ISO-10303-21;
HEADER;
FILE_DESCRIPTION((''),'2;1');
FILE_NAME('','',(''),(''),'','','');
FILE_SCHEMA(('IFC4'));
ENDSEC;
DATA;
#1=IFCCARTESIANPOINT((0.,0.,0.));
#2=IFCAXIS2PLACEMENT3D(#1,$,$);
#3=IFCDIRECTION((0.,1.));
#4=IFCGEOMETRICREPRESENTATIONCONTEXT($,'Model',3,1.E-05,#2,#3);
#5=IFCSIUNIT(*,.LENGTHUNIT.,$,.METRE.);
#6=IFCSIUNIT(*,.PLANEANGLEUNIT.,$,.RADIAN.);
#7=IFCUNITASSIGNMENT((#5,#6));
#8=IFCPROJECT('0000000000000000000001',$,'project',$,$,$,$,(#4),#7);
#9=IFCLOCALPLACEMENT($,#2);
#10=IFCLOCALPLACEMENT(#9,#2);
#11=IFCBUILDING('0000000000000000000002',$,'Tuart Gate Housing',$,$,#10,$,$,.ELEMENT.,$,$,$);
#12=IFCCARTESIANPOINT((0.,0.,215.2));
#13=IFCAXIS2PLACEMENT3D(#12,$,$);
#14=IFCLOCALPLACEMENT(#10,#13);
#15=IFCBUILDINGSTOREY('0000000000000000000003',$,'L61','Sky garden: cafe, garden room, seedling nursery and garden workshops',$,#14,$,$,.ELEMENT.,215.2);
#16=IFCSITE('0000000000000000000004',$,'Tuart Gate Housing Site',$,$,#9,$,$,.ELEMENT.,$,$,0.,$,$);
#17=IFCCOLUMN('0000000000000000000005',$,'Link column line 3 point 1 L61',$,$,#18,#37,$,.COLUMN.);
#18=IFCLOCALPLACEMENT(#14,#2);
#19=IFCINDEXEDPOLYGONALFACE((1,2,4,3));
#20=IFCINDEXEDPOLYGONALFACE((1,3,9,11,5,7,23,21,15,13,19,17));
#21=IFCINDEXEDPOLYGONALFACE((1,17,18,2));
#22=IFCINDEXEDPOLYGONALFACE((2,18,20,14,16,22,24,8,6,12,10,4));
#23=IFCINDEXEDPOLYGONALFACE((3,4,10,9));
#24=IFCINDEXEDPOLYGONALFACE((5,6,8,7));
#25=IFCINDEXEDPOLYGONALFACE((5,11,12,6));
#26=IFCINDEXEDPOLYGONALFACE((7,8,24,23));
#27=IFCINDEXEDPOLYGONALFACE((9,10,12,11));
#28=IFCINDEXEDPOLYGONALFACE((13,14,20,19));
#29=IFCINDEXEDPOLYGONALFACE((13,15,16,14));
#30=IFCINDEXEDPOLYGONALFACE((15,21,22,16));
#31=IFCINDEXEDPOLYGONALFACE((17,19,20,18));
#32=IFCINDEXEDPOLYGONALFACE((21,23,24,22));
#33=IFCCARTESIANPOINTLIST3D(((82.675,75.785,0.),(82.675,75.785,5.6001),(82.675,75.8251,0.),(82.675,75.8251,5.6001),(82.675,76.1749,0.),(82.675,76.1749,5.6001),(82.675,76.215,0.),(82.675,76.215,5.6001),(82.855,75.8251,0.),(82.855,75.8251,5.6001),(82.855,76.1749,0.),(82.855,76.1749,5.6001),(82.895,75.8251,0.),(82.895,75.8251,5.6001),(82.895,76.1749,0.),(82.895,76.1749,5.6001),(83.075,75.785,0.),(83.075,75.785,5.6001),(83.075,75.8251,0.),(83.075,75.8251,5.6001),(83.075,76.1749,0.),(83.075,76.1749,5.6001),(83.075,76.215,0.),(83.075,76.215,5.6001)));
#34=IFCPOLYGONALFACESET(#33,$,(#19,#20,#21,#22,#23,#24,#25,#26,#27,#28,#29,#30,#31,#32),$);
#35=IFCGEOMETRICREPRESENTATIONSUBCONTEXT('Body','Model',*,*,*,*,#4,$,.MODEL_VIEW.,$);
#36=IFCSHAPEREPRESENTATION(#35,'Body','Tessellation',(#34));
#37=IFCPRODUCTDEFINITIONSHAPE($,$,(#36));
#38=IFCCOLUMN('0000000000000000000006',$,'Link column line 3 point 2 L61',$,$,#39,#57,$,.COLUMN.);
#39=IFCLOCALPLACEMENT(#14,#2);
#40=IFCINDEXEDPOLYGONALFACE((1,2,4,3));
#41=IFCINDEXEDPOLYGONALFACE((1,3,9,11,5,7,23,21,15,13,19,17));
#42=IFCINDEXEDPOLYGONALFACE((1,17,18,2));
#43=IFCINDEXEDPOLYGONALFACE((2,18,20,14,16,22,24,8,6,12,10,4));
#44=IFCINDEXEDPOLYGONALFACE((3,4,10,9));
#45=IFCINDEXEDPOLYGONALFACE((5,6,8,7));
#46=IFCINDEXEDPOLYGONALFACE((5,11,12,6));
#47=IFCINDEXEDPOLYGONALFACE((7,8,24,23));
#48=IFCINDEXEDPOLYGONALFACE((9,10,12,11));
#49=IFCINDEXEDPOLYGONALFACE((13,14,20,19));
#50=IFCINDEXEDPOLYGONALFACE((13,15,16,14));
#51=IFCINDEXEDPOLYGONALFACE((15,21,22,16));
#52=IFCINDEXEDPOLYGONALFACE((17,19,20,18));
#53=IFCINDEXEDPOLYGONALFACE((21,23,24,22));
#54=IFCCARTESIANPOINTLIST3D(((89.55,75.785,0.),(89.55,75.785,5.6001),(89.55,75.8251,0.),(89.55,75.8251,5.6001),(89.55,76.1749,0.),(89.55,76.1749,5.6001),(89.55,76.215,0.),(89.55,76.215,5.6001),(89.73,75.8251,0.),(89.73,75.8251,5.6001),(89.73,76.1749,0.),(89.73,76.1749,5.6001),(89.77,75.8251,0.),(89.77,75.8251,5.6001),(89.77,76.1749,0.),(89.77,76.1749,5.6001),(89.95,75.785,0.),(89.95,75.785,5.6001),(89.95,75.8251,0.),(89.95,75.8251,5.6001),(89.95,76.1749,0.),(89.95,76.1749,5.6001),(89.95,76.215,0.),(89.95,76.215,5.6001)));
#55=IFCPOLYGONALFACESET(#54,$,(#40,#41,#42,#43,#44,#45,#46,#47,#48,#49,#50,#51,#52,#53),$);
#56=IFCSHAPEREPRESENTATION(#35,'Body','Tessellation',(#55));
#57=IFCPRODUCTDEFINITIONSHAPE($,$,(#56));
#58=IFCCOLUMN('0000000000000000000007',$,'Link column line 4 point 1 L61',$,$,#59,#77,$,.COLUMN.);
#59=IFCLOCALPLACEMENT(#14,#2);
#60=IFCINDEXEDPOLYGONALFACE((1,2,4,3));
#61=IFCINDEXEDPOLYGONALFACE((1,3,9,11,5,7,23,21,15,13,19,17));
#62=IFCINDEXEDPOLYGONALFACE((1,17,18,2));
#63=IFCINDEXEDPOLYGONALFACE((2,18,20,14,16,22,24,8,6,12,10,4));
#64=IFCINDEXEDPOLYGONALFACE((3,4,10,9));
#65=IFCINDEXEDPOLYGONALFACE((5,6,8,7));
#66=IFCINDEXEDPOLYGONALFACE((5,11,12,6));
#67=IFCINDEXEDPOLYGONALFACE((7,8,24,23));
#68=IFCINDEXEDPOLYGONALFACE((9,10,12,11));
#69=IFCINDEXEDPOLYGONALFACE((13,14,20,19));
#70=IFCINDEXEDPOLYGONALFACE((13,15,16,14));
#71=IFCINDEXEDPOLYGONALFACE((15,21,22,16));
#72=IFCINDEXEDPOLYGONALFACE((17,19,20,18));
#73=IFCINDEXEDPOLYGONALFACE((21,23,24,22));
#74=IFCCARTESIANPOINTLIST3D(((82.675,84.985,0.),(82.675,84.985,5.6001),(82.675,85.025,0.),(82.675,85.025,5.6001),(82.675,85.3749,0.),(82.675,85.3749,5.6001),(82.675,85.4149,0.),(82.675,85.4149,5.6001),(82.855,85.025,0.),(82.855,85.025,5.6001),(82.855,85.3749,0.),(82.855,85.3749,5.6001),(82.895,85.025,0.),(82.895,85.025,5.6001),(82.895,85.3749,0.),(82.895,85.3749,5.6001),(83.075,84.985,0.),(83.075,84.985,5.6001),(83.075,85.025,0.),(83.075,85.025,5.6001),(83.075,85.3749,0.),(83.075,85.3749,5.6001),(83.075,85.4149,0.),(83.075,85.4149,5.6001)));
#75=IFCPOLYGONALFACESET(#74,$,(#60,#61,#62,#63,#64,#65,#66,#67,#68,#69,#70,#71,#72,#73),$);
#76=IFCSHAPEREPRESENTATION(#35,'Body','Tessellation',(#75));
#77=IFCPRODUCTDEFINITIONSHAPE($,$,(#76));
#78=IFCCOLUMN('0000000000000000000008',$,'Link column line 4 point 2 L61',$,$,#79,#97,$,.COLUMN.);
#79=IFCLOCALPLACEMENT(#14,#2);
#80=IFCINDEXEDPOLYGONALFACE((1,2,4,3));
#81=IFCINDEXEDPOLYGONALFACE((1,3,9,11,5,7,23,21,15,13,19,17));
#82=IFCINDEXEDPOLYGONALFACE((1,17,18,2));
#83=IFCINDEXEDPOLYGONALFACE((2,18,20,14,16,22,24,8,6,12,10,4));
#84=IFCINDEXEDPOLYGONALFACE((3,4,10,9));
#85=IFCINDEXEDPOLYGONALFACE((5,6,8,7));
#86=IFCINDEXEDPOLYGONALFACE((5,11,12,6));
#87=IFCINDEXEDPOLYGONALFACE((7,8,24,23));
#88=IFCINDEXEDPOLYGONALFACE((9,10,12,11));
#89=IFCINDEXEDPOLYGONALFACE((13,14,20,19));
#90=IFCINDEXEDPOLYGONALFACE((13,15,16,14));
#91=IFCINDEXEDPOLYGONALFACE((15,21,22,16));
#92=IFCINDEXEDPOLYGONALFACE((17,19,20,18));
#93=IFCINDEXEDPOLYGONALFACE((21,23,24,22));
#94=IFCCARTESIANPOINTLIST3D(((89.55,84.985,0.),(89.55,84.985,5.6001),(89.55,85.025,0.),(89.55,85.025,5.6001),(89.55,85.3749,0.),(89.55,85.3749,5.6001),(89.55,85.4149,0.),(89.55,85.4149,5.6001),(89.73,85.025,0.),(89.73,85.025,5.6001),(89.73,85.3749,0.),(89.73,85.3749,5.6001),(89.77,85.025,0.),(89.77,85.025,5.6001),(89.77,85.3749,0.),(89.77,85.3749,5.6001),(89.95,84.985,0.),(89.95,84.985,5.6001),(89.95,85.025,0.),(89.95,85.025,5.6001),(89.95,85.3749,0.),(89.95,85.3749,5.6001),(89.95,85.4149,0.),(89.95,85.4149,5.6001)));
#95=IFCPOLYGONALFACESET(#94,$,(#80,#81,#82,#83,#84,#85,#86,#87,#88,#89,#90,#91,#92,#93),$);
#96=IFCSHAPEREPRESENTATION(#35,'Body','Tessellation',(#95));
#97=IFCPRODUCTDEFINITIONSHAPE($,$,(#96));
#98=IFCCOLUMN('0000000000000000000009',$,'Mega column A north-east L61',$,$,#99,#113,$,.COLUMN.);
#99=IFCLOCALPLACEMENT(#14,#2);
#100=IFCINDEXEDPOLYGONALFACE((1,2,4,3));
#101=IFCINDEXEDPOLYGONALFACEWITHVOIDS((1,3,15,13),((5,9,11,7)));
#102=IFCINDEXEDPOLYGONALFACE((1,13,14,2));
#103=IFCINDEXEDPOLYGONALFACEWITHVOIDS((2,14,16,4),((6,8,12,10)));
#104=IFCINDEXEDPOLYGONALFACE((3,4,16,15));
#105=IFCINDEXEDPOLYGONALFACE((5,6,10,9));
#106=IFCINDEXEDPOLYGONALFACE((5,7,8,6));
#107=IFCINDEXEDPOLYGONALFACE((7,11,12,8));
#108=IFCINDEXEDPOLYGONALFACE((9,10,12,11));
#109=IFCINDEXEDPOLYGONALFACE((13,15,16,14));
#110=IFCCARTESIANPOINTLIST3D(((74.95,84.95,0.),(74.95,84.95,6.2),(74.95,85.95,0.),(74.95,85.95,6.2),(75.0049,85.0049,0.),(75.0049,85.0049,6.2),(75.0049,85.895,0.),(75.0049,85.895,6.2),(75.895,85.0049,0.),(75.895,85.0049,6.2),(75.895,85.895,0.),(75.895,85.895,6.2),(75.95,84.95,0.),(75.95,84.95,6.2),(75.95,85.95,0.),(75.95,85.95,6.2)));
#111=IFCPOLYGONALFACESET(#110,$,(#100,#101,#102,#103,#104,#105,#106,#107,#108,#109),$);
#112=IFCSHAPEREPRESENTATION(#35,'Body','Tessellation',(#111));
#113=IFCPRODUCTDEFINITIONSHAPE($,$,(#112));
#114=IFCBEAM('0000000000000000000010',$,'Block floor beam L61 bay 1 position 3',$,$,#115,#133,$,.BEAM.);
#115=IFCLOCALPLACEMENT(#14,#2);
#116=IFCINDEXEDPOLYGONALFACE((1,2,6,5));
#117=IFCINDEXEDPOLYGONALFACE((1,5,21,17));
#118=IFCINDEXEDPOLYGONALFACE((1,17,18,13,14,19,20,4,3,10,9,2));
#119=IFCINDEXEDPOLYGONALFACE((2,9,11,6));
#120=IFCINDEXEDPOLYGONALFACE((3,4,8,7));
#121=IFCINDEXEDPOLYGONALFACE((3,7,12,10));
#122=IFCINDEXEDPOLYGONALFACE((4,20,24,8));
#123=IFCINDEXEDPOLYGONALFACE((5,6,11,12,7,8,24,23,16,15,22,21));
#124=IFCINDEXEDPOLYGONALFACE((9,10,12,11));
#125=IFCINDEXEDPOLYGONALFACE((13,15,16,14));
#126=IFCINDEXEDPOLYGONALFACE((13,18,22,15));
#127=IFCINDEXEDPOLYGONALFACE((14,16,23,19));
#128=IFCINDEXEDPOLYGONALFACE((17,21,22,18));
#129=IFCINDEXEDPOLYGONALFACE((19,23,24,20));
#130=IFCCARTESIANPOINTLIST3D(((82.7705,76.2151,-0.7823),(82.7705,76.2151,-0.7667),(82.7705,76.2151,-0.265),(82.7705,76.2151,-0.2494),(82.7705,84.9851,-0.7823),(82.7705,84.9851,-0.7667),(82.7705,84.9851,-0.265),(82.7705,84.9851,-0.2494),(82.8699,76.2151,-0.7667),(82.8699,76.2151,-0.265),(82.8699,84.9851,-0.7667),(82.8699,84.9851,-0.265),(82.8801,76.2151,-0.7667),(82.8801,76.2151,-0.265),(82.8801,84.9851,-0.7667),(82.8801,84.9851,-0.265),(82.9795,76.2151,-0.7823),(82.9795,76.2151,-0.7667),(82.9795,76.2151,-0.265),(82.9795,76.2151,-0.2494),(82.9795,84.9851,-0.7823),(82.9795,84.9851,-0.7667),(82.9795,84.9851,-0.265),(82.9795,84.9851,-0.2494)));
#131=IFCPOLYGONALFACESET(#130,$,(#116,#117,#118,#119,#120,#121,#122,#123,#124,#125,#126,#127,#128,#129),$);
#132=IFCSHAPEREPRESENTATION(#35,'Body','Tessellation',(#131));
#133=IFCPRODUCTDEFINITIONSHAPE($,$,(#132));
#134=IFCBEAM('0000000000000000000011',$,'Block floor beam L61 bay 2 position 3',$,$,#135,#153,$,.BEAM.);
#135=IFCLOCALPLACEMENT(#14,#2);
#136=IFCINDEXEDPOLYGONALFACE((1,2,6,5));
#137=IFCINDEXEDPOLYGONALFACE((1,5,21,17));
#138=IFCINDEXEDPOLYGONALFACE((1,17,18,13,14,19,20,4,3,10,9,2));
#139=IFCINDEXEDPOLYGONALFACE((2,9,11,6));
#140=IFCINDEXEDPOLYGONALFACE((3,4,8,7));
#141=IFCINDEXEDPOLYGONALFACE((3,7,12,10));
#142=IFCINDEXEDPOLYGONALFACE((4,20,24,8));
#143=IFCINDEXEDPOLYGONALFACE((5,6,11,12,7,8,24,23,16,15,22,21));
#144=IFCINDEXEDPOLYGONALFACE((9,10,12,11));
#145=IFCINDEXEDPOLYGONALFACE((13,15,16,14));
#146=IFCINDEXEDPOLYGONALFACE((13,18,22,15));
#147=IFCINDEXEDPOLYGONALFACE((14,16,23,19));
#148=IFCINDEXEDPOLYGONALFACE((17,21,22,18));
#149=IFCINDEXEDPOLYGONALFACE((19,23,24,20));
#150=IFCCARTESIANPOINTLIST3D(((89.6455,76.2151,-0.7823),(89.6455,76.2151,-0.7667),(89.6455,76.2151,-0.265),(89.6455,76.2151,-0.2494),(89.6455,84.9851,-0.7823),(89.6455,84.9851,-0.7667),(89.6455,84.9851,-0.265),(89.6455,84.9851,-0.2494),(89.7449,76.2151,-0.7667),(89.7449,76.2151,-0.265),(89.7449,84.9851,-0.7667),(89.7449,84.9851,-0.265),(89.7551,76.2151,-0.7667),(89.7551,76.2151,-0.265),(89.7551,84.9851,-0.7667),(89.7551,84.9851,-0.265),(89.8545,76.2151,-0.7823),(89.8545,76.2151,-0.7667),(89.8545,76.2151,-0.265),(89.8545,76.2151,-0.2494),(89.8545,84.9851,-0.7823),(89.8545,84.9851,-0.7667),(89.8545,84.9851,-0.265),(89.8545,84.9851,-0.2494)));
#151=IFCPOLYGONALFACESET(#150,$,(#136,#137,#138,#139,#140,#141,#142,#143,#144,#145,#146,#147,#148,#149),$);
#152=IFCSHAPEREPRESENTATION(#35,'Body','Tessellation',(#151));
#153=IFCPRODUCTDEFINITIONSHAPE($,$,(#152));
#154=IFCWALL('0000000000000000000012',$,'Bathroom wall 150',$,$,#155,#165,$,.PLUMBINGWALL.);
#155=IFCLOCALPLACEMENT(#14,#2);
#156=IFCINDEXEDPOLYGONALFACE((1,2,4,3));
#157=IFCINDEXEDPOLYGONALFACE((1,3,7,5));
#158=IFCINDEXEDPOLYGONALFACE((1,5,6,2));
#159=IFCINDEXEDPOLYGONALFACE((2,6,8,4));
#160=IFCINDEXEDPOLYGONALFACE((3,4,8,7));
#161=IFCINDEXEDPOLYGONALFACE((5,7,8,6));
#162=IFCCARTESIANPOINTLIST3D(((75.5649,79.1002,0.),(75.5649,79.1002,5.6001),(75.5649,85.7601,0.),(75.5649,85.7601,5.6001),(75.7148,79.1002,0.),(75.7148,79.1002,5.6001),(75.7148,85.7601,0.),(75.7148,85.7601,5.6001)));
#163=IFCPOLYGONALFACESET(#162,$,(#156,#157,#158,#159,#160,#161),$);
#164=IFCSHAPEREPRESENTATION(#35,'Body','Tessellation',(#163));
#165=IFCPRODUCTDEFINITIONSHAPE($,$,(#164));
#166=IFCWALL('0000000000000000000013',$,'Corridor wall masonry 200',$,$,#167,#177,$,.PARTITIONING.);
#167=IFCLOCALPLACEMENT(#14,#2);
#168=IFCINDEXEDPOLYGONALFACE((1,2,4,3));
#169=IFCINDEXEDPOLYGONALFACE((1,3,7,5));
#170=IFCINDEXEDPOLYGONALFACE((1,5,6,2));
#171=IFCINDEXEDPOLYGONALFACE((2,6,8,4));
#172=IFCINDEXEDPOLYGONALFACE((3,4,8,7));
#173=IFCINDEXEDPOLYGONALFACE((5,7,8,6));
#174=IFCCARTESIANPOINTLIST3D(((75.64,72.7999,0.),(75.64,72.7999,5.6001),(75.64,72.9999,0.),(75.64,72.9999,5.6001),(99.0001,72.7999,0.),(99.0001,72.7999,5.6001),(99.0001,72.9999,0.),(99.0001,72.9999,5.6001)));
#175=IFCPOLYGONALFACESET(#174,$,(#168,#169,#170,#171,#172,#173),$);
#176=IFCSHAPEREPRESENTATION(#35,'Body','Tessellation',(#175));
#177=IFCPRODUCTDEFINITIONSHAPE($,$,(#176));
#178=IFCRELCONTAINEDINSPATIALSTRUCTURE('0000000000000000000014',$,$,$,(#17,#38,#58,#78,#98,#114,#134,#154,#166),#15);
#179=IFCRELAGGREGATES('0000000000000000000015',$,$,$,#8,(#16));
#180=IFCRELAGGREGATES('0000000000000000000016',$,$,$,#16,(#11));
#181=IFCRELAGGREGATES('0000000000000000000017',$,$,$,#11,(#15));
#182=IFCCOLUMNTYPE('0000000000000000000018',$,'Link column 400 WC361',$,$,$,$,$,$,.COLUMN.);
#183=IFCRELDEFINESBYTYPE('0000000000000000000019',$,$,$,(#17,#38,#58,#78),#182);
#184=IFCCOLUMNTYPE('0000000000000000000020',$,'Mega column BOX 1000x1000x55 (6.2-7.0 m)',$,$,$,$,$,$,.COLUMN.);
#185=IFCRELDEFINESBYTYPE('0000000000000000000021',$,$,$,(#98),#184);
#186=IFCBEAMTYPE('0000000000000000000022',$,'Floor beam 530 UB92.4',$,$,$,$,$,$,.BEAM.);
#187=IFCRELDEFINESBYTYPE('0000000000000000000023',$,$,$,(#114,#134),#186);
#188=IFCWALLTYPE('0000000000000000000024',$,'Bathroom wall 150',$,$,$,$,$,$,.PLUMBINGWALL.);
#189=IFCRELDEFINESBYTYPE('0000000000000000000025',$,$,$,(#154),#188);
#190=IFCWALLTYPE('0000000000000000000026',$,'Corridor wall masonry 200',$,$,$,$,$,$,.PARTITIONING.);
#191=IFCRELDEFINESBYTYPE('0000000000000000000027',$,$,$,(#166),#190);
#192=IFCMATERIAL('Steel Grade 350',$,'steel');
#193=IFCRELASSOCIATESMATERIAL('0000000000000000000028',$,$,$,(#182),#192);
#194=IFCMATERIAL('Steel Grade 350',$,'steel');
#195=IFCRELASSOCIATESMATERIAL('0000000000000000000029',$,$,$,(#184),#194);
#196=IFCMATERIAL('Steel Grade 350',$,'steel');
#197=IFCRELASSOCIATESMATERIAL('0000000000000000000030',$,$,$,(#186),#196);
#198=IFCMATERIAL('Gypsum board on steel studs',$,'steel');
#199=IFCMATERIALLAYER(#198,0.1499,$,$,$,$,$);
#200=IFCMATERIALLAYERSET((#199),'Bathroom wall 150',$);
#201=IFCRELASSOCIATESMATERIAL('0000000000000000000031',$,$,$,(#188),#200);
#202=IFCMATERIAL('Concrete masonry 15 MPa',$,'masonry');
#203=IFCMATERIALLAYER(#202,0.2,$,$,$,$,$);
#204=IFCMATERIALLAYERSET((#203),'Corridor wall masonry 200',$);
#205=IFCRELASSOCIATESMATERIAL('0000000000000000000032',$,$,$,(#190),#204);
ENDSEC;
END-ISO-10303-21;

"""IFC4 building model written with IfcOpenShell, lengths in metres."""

from ifc_helpers import new_model, si_unit, direction, frame, frame_2d, origin, origin_2d, place, context, subcontext, project, spatial, rectangle, hollow_rectangle, i_section, extrude, material, layer, layer_set, material_profile, profile_set, type_object, element, save


model = new_model("IFC4")

# Units and contexts
model_context = context("Model", 3, precision=1e-05, world=origin(), true_north=direction((0.0, 1.0)))
body_context = subcontext(model_context, "Body", "Model", "MODEL_VIEW")
ifc_project = project(units=[si_unit("LENGTHUNIT", "METRE"), si_unit("PLANEANGLEUNIT", "RADIAN")], contexts=[model_context])

# Site, building, storey
site_placement = place(None, origin())
site = spatial("IfcSite", under=ifc_project, at=site_placement, Name="Tuart Gate Housing Site", CompositionType="ELEMENT", RefElevation=0.0)
building_placement = place(site_placement, origin())
building = spatial("IfcBuilding", under=site, at=building_placement, Name="Tuart Gate Housing", CompositionType="ELEMENT")
storey_placement = place(building_placement, frame((0.0, 0.0, 215.2)))
storey = spatial("IfcBuildingStorey", under=building, at=storey_placement, Name="L61", Description="Sky garden: cafe, garden room, seedling nursery and garden workshops", CompositionType="ELEMENT", Elevation=215.2)

# Columns
ifc_material_1 = material(Name="Steel Grade 350", Category="steel")
ifc_material_profile_1 = material_profile(ifc_material_1, i_section(OverallWidth=0.3999, OverallDepth=0.4299, WebThickness=0.04, FlangeThickness=0.04, at=origin_2d()), Name="400WC361")
ifc_profile_set_1 = profile_set([ifc_material_profile_1], Name="Steel Grade 350")
column_type_1 = type_object("IfcColumnType", Name="Link column 400 WC361", PredefinedType="COLUMN", material=ifc_profile_set_1)
for number, where, z_axis, x_axis, name in (
    (1, (82.875, 76.0, 0.0), (0.0, 0.0, 1.0), (1.0, 0.0, 0.0), "Link column line 3 point 1 L61"),
    (2, (89.75, 76.0, 0.0), (0.0, 0.0, 1.0), (1.0, 0.0, 0.0), "Link column line 3 point 2 L61"),
    (3, (82.875, 85.2, 0.0), (0.0, 0.0, 1.0), (1.0, 0.0, 0.0), "Link column line 4 point 1 L61"),
    (4, (89.75, 85.2, 0.0), (0.0, 0.0, 1.0), (1.0, 0.0, 0.0), "Link column line 4 point 2 L61"),
):
    element("IfcColumn", number, at=place(storey_placement, frame(where, z_axis=z_axis, x_axis=x_axis)), inside=storey, type_object=column_type_1, Name=name, PredefinedType="COLUMN", context=body_context, shape_type="SweptSolid", body=[
        extrude(i_section(OverallWidth=0.3999, OverallDepth=0.4299, WebThickness=0.04, FlangeThickness=0.04, at=origin_2d()), origin(), (0.0, 0.0, 1.0), 5.6001),
    ])
ifc_material_2 = material(Name="Steel Grade 350", Category="steel")
ifc_material_profile_2 = material_profile(ifc_material_2, hollow_rectangle(XDim=1.0, YDim=1.0, WallThickness=0.0549, at=origin_2d()), Name="BOX 1000x1000x55")
ifc_profile_set_2 = profile_set([ifc_material_profile_2], Name="Steel Grade 350")
column_type_2 = type_object("IfcColumnType", Name="Mega column BOX 1000x1000x55 (6.2-7.0 m)", PredefinedType="COLUMN", material=ifc_profile_set_2)
column_placement = place(storey_placement, frame((75.45, 85.45, 0.0), z_axis=(0.0, 0.0, 1.0), x_axis=(1.0, 0.0, 0.0)))
element("IfcColumn", 5, at=column_placement, inside=storey, type_object=column_type_2, Name="Mega column A north-east L61", PredefinedType="COLUMN", context=body_context, shape_type="SweptSolid", body=[
    extrude(hollow_rectangle(XDim=1.0, YDim=1.0, WallThickness=0.0549, at=origin_2d()), origin(), (0.0, 0.0, 1.0), 6.2),
])

# Beams
ifc_material_3 = material(Name="Steel Grade 350", Category="steel")
ifc_material_profile_3 = material_profile(ifc_material_3, i_section(OverallWidth=0.209, OverallDepth=0.533, WebThickness=0.0103, FlangeThickness=0.0156, at=origin_2d()), Name="530UB92.4")
ifc_profile_set_3 = profile_set([ifc_material_profile_3], Name="Steel Grade 350")
beam_type = type_object("IfcBeamType", Name="Floor beam 530 UB92.4", PredefinedType="BEAM", material=ifc_profile_set_3)
for number, where, z_axis, x_axis, name in (
    (6, (82.875, 76.2151, -0.5159), (0.0, 1.0, 0.0), (-1.0, 0.0, 0.0), "Block floor beam L61 bay 1 position 3"),
    (7, (89.75, 76.2151, -0.5159), (0.0, 1.0, 0.0), (-1.0, 0.0, 0.0), "Block floor beam L61 bay 2 position 3"),
):
    element("IfcBeam", number, at=place(storey_placement, frame(where, z_axis=z_axis, x_axis=x_axis)), inside=storey, type_object=beam_type, Name=name, PredefinedType="BEAM", context=body_context, shape_type="SweptSolid", body=[
        extrude(i_section(OverallWidth=0.209, OverallDepth=0.533, WebThickness=0.0103, FlangeThickness=0.0156, at=origin_2d()), origin(), (0.0, 0.0, 1.0), 8.77),
    ])

# Walls
ifc_material_4 = material(Name="Gypsum board on steel studs", Category="steel")
ifc_layer_1 = layer(ifc_material_4, 0.1499)
ifc_layer_set_1 = layer_set([ifc_layer_1], Name="Bathroom wall 150")
wall_type_1 = type_object("IfcWallType", Name="Bathroom wall 150", PredefinedType="PLUMBINGWALL", material=ifc_layer_set_1)
wall_1_placement = place(storey_placement, frame((75.6399, 79.1001, 0.0), z_axis=(0.0, 0.0, 1.0), x_axis=(0.0, 1.0, 0.0)))
element("IfcWall", 8, at=wall_1_placement, inside=storey, type_object=wall_type_1, Name="Bathroom wall 150", PredefinedType="PLUMBINGWALL", context=body_context, shape_type="SweptSolid", body=[
    extrude(rectangle(XDim=6.6599, YDim=0.1499, at=frame_2d((3.3301, 0.0))), origin(), (0.0, 0.0, 1.0), 5.6001),
])
ifc_material_5 = material(Name="Concrete masonry 15 MPa", Category="masonry")
ifc_layer_2 = layer(ifc_material_5, 0.2)
ifc_layer_set_2 = layer_set([ifc_layer_2], Name="Corridor wall masonry 200")
wall_type_2 = type_object("IfcWallType", Name="Corridor wall masonry 200", PredefinedType="PARTITIONING", material=ifc_layer_set_2)
wall_2_placement = place(storey_placement, frame((75.6399, 72.8999, 0.0), z_axis=(0.0, 0.0, 1.0), x_axis=(1.0, 0.0, 0.0)))
element("IfcWall", 9, at=wall_2_placement, inside=storey, type_object=wall_type_2, Name="Corridor wall masonry 200", PredefinedType="PARTITIONING", context=body_context, shape_type="SweptSolid", body=[
    extrude(rectangle(XDim=23.3601, YDim=0.2, at=frame_2d((11.6802, 0.0))), origin(), (0.0, 0.0, 1.0), 5.6001),
])

save(model, "model.ifc")
